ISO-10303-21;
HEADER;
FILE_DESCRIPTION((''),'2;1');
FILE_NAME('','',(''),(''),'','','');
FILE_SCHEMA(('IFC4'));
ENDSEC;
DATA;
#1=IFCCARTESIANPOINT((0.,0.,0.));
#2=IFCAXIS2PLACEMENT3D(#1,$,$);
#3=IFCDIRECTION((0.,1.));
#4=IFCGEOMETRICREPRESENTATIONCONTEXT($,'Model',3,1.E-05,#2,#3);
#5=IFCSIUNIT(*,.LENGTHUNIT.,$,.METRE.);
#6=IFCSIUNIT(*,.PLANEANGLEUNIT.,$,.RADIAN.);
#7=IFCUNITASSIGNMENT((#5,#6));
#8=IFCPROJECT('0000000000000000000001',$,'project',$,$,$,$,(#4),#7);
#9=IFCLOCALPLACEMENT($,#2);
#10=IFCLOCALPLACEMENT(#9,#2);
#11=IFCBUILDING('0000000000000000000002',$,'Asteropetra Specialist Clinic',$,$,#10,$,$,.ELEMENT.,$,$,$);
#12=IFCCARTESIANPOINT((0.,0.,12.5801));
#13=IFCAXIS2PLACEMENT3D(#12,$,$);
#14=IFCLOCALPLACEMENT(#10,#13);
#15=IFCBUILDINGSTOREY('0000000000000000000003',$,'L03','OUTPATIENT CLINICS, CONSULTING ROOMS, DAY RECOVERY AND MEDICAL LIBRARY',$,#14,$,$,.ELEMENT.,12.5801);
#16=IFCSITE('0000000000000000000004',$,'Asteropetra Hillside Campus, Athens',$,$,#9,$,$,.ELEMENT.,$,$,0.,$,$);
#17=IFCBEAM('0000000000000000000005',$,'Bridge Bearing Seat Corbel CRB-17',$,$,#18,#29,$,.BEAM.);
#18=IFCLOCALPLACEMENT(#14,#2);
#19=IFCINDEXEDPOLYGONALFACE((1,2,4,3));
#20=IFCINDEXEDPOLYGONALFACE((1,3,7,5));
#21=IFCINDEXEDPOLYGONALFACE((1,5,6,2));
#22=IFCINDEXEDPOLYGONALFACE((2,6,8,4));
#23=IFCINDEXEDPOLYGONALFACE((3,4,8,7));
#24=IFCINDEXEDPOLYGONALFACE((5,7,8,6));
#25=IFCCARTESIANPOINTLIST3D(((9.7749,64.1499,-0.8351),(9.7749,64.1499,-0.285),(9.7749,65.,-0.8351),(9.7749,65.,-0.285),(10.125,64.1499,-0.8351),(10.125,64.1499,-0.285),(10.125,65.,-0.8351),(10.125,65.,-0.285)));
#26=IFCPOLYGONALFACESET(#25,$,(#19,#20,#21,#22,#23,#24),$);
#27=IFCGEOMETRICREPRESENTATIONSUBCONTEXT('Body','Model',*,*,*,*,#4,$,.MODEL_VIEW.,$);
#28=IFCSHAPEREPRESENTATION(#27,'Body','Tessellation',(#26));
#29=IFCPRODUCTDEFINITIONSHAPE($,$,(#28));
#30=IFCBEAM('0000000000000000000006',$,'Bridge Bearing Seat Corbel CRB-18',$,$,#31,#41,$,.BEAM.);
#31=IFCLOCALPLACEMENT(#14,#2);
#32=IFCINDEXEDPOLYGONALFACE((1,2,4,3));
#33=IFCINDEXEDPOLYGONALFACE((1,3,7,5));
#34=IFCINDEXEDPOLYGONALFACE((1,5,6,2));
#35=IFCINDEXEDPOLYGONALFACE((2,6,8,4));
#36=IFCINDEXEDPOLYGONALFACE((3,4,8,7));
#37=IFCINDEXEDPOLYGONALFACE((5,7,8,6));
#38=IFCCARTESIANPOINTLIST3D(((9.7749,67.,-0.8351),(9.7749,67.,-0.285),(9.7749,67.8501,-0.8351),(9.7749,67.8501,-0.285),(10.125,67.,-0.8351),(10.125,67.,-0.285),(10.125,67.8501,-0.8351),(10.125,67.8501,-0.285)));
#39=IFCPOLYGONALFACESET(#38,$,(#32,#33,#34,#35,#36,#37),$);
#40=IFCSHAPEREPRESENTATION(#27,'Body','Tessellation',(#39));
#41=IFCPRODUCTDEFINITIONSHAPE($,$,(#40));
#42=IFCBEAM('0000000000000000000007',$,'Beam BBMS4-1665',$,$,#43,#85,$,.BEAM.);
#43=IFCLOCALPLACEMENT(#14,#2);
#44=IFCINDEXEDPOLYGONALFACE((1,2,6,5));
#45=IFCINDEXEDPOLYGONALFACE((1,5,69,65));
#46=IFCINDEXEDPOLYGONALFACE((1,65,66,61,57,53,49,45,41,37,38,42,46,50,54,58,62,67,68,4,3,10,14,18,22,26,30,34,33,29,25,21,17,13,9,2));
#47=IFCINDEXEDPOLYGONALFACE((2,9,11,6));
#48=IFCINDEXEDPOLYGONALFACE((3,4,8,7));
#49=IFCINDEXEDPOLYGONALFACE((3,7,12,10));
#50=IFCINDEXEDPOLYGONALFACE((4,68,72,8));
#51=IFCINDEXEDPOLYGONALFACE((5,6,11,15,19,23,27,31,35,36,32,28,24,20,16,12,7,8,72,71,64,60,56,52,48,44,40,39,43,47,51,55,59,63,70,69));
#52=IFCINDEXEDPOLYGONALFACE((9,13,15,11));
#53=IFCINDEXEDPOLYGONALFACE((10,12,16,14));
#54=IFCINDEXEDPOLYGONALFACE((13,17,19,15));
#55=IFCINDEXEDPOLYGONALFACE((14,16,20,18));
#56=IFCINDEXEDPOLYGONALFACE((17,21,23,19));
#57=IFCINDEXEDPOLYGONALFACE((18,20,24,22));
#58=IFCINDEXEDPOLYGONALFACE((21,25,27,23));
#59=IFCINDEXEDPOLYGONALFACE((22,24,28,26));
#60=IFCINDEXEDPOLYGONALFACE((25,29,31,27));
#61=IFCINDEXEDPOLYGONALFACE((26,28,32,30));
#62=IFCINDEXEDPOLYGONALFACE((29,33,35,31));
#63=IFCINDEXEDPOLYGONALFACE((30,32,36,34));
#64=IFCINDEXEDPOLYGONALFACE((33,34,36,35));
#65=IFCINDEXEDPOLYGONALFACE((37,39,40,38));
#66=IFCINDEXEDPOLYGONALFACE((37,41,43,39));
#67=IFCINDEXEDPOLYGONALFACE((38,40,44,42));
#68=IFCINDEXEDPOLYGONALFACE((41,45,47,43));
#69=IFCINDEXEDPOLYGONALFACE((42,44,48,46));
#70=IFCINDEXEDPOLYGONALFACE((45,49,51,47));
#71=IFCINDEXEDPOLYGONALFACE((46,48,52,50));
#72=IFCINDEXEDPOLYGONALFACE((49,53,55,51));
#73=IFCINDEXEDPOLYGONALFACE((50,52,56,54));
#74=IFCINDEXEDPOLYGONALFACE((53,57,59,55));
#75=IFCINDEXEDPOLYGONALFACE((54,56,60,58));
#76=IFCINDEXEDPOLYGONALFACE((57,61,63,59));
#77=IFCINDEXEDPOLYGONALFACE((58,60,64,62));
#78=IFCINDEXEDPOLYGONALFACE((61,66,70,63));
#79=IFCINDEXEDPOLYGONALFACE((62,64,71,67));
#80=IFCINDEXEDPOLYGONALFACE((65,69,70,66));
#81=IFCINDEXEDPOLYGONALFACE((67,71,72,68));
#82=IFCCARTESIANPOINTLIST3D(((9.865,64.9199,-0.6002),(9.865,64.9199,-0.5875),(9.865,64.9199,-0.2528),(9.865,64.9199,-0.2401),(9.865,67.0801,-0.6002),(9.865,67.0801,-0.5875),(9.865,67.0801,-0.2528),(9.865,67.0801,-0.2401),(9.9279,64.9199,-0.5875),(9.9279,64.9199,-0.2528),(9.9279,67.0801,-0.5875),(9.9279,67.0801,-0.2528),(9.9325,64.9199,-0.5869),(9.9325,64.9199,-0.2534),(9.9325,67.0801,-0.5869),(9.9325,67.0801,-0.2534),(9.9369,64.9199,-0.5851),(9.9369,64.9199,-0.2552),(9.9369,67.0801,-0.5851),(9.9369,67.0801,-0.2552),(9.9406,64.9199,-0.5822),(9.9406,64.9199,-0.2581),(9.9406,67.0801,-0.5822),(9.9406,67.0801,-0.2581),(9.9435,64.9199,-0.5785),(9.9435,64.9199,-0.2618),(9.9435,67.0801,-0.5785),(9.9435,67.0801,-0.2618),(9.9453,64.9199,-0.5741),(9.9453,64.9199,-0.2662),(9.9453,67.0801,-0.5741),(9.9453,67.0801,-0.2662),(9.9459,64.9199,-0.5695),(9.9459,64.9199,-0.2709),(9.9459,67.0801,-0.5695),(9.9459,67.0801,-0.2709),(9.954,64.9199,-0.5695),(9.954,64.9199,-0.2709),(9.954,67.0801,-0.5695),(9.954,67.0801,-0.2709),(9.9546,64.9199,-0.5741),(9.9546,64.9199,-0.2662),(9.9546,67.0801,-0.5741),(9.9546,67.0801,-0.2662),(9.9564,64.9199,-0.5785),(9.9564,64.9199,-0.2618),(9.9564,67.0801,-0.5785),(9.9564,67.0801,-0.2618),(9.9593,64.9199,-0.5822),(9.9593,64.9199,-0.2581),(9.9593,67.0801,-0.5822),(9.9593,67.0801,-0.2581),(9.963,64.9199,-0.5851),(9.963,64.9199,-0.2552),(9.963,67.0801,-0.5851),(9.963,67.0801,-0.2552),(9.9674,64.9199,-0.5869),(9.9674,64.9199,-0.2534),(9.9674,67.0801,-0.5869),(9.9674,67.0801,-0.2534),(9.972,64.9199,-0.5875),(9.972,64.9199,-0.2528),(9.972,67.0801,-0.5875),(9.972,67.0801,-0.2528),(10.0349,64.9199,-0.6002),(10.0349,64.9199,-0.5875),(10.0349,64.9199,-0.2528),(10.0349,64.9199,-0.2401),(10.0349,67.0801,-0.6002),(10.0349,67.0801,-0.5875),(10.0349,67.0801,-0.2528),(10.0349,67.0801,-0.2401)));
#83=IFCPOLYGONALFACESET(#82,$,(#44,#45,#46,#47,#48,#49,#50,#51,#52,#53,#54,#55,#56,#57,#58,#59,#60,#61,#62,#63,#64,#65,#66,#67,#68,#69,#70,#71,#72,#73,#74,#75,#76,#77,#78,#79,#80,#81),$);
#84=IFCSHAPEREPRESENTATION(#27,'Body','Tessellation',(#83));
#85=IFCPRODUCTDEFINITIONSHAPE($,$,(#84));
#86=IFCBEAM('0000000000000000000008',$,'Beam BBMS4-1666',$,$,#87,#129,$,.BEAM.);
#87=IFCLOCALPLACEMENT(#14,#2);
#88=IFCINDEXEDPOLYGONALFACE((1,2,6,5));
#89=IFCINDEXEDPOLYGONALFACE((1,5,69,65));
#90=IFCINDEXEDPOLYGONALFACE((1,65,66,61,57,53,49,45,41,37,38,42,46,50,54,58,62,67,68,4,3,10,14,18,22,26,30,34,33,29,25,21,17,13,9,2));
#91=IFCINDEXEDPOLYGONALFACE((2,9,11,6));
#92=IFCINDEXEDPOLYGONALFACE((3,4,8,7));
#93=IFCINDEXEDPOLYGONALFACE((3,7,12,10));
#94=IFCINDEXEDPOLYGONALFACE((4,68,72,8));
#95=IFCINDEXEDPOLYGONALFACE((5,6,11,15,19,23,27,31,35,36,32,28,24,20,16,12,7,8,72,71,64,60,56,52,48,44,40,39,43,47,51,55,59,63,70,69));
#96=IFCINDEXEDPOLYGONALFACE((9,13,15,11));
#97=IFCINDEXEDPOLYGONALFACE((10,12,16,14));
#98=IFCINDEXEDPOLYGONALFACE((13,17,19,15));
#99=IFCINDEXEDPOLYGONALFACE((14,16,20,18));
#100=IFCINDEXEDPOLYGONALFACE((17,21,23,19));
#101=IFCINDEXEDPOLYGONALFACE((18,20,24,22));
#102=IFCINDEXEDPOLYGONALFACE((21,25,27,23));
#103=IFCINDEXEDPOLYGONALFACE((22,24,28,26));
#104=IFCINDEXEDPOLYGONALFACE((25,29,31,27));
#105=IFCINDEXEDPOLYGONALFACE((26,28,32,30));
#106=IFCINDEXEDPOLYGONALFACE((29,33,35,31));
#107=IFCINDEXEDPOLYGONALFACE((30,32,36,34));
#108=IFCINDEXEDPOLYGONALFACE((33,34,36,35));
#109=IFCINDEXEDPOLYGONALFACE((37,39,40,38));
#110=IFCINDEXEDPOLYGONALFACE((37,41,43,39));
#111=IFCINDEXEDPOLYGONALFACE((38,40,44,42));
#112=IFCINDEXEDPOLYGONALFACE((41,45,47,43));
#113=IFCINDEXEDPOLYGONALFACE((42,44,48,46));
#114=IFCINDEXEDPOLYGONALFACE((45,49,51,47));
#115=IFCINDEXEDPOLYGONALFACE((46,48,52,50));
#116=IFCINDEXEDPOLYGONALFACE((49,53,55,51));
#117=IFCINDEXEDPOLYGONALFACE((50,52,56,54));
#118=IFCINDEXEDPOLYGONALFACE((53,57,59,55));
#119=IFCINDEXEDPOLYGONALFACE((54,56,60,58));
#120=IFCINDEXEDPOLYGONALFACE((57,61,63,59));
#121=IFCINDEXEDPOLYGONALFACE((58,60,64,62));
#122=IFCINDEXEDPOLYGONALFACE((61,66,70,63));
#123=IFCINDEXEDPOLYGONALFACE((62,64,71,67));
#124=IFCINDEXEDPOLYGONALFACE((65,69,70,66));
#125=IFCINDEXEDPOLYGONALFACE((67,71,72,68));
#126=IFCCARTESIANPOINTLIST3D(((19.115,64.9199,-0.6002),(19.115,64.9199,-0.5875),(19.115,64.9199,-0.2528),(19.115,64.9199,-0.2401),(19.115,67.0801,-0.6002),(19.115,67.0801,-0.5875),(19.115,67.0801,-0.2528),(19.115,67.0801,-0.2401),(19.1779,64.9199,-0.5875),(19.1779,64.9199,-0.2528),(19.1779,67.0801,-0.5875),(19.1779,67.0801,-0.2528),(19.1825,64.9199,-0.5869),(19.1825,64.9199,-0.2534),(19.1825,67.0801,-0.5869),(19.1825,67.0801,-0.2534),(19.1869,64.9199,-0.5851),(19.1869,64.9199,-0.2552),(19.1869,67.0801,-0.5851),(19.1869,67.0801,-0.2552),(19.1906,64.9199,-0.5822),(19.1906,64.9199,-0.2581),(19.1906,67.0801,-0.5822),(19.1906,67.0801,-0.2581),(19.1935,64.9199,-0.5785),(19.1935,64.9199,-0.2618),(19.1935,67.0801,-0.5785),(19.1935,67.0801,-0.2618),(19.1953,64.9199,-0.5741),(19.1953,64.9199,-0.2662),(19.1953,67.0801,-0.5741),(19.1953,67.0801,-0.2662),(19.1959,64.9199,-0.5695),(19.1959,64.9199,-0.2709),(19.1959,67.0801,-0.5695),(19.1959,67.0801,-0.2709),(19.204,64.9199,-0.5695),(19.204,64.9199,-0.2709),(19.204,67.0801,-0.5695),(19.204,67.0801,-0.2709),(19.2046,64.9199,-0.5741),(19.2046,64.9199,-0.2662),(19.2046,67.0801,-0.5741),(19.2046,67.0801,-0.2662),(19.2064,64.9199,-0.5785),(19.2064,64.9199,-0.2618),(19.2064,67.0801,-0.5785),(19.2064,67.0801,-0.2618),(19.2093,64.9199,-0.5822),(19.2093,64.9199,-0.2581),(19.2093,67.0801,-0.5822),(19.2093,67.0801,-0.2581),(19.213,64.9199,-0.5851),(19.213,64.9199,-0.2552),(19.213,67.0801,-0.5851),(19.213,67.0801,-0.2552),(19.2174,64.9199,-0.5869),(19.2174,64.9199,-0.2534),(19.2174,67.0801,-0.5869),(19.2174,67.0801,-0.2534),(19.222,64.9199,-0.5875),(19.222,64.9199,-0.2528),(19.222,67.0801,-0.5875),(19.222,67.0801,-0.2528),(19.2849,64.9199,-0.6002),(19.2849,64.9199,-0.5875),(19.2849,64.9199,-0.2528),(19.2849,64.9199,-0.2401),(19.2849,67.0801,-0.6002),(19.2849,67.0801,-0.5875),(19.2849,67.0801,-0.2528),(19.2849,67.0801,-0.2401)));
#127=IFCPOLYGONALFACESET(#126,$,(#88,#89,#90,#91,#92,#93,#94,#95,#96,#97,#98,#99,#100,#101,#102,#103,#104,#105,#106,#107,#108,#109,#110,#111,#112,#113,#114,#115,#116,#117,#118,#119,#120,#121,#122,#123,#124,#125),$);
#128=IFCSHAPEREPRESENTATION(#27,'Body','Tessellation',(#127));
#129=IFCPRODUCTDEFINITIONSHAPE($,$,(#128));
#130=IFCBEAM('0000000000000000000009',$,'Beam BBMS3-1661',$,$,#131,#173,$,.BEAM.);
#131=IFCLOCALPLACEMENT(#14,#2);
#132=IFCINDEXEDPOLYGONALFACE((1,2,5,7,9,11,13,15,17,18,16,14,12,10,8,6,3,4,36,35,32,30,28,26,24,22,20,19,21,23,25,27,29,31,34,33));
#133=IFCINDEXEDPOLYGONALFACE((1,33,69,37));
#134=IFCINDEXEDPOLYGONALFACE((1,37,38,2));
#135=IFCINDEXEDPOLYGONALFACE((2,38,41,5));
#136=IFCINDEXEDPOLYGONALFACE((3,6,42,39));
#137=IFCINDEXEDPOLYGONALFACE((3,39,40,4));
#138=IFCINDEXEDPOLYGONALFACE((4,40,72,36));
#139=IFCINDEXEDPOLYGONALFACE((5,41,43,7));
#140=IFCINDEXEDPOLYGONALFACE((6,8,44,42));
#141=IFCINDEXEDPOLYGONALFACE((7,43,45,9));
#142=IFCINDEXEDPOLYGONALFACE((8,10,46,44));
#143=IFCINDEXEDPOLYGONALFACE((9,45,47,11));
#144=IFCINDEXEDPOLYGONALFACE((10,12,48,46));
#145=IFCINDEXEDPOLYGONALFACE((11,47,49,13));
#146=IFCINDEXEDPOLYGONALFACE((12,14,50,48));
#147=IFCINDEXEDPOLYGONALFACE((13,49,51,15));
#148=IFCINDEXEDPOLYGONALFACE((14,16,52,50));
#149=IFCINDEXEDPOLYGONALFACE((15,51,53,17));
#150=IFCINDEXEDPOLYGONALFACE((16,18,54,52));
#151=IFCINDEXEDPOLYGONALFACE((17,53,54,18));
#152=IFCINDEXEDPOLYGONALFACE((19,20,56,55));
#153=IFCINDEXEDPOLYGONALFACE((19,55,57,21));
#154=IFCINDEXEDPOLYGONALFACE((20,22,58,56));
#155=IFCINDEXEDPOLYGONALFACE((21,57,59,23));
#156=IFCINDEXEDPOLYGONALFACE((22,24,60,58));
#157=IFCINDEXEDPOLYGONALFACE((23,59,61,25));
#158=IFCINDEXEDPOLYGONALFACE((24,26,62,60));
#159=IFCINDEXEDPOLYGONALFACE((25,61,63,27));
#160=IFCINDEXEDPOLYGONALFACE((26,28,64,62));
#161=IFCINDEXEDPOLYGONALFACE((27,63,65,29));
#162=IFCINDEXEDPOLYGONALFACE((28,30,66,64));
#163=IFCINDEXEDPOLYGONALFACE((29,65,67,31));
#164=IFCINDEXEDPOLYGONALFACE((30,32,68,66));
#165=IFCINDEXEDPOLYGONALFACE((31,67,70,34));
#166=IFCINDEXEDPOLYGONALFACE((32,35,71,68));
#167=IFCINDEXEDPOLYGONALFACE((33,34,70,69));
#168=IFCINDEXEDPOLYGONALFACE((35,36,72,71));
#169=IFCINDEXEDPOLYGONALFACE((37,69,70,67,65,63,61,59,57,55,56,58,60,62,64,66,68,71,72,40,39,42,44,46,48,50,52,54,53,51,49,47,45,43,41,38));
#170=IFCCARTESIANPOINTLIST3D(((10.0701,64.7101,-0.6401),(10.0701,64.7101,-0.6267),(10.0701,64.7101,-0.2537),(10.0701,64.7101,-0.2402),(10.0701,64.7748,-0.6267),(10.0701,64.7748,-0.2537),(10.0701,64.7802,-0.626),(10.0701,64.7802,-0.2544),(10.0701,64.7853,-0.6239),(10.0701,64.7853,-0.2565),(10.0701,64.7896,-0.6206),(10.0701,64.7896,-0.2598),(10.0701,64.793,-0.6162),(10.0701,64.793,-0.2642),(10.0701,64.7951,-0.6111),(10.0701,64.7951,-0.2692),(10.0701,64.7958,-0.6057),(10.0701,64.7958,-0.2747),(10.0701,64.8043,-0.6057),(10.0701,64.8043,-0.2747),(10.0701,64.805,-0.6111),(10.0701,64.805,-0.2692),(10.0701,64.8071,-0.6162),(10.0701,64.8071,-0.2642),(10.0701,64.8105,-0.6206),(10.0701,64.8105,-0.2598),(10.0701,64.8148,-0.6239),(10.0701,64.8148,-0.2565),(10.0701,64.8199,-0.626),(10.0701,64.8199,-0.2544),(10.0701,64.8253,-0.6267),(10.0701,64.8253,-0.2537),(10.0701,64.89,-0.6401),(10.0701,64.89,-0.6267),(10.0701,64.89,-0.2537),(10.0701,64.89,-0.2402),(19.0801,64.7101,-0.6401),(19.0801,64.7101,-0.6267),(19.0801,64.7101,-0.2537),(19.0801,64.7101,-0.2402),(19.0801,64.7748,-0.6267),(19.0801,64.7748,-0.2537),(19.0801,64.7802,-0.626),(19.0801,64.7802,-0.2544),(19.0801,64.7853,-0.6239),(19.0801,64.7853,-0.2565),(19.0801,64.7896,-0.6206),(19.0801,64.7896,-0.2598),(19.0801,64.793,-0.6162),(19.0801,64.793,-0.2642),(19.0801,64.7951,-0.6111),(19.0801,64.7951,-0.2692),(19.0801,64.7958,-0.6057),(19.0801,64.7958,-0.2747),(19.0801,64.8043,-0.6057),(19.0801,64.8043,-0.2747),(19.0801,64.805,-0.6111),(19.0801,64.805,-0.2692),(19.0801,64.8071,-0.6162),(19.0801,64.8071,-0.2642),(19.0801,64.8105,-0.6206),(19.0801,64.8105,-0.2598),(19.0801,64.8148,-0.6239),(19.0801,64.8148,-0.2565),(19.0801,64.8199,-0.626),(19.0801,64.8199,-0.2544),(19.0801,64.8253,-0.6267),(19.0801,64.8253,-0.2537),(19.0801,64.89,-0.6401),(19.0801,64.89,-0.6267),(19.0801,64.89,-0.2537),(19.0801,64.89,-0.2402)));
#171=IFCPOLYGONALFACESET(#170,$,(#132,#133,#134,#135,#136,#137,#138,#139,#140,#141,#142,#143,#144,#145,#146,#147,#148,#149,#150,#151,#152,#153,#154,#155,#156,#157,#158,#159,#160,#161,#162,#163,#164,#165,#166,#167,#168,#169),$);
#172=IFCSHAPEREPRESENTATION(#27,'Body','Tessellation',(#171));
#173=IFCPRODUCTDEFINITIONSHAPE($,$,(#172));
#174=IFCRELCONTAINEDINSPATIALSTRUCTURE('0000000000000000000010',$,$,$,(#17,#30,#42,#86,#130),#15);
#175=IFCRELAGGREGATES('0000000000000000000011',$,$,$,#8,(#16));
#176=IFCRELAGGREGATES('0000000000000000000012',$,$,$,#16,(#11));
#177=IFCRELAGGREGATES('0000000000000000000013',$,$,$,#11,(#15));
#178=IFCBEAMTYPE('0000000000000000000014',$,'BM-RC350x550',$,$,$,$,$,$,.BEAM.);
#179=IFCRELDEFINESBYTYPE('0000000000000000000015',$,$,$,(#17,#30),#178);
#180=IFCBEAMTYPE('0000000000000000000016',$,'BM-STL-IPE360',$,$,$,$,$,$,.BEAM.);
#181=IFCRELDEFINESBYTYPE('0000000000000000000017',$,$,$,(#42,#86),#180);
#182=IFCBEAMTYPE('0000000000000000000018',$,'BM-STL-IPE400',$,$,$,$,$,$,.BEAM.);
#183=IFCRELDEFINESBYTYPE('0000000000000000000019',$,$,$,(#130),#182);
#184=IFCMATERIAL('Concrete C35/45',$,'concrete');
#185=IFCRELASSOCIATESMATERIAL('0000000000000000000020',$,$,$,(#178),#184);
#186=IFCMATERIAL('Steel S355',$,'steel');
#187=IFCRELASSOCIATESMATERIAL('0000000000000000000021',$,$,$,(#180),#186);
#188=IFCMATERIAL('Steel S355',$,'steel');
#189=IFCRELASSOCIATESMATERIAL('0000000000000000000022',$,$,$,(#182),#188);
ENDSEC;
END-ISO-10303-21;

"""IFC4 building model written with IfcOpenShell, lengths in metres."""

from ifc_helpers import new_model, si_unit, direction, frame, origin, origin_2d, place, context, subcontext, project, spatial, rectangle, i_section, extrude, material, material_profile, profile_set, type_object, element, save


model = new_model("IFC4")

# Units and contexts
model_context = context("Model", 3, precision=1e-05, world=origin(), true_north=direction((0.0, 1.0)))
body_context = subcontext(model_context, "Body", "Model", "MODEL_VIEW")
ifc_project = project(units=[si_unit("LENGTHUNIT", "METRE"), si_unit("PLANEANGLEUNIT", "RADIAN")], contexts=[model_context])

# Site, building, storey
site_placement = place(None, origin())
site = spatial("IfcSite", under=ifc_project, at=site_placement, Name="Asteropetra Hillside Campus, Athens", CompositionType="ELEMENT", RefElevation=0.0)
building_placement = place(site_placement, origin())
building = spatial("IfcBuilding", under=site, at=building_placement, Name="Asteropetra Specialist Clinic", CompositionType="ELEMENT")
storey_placement = place(building_placement, frame((0.0, 0.0, 12.5801)))
storey = spatial("IfcBuildingStorey", under=building, at=storey_placement, Name="L03", Description="OUTPATIENT CLINICS, CONSULTING ROOMS, DAY RECOVERY AND MEDICAL LIBRARY", CompositionType="ELEMENT", Elevation=12.5801)

# Beams
ifc_material_1 = material(Name="Concrete C35/45", Category="concrete")
ifc_material_profile_1 = material_profile(ifc_material_1, rectangle(XDim=0.3501, YDim=0.55, at=origin_2d()), Name="RCB 350x550")
ifc_profile_set_1 = profile_set([ifc_material_profile_1], Name="Concrete C35/45")
beam_type_1 = type_object("IfcBeamType", Name="BM-RC350x550", PredefinedType="BEAM", material=ifc_profile_set_1)
for number, where, z_axis, x_axis, name in (
    (1, (9.95, 65.0, -0.5601), (0.0, -1.0, 0.0), (1.0, 0.0, 0.0), "Bridge Bearing Seat Corbel CRB-17"),
    (2, (9.95, 67.0, -0.5601), (0.0, 1.0, 0.0), (-1.0, 0.0, 0.0), "Bridge Bearing Seat Corbel CRB-18"),
):
    element("IfcBeam", number, at=place(storey_placement, frame(where, z_axis=z_axis, x_axis=x_axis)), inside=storey, type_object=beam_type_1, Name=name, PredefinedType="BEAM", context=body_context, shape_type="SweptSolid", body=[
        extrude(rectangle(XDim=0.3501, YDim=0.55, at=origin_2d()), origin(), (0.0, 0.0, 1.0), 0.8501),
    ])
ifc_material_2 = material(Name="Steel S355", Category="steel")
ifc_material_profile_2 = material_profile(ifc_material_2, i_section(OverallWidth=0.1699, OverallDepth=0.3601, WebThickness=0.0081, FlangeThickness=0.0127, FilletRadius=0.0181, at=origin_2d()), Name="IPE 360")
ifc_profile_set_2 = profile_set([ifc_material_profile_2], Name="Steel S355")
beam_type_2 = type_object("IfcBeamType", Name="BM-STL-IPE360", PredefinedType="BEAM", material=ifc_profile_set_2)
for number, where, z_axis, x_axis, name in (
    (3, (9.95, 64.9199, -0.4202), (0.0, 1.0, 0.0), (-1.0, 0.0, 0.0), "Beam BBMS4-1665"),
    (4, (19.2, 64.9199, -0.4202), (0.0, 1.0, 0.0), (-1.0, 0.0, 0.0), "Beam BBMS4-1666"),
):
    element("IfcBeam", number, at=place(storey_placement, frame(where, z_axis=z_axis, x_axis=x_axis)), inside=storey, type_object=beam_type_2, Name=name, PredefinedType="BEAM", context=body_context, shape_type="SweptSolid", body=[
        extrude(i_section(OverallWidth=0.1699, OverallDepth=0.3601, WebThickness=0.0081, FlangeThickness=0.0127, FilletRadius=0.0181, at=origin_2d()), origin(), (0.0, 0.0, 1.0), 2.1602),
    ])
ifc_material_3 = material(Name="Steel S355", Category="steel")
ifc_material_profile_3 = material_profile(ifc_material_3, i_section(OverallWidth=0.1799, OverallDepth=0.3999, WebThickness=0.0085, FlangeThickness=0.0134, FilletRadius=0.021, at=origin_2d()), Name="IPE 400")
ifc_profile_set_3 = profile_set([ifc_material_profile_3], Name="Steel S355")
beam_type_3 = type_object("IfcBeamType", Name="BM-STL-IPE400", PredefinedType="BEAM", material=ifc_profile_set_3)
for number, where, z_axis, x_axis, name in (
    (5, (10.0701, 64.8, -0.4402), (1.0, 0.0, 0.0), (0.0, 1.0, 0.0), "Beam BBMS3-1661"),
):
    element("IfcBeam", number, at=place(storey_placement, frame(where, z_axis=z_axis, x_axis=x_axis)), inside=storey, type_object=beam_type_3, Name=name, PredefinedType="BEAM", context=body_context, shape_type="SweptSolid", body=[
        extrude(i_section(OverallWidth=0.1799, OverallDepth=0.3999, WebThickness=0.0085, FlangeThickness=0.0134, FilletRadius=0.021, at=origin_2d()), origin(), (0.0, 0.0, 1.0), 9.01),
    ])

save(model, "model.ifc")
